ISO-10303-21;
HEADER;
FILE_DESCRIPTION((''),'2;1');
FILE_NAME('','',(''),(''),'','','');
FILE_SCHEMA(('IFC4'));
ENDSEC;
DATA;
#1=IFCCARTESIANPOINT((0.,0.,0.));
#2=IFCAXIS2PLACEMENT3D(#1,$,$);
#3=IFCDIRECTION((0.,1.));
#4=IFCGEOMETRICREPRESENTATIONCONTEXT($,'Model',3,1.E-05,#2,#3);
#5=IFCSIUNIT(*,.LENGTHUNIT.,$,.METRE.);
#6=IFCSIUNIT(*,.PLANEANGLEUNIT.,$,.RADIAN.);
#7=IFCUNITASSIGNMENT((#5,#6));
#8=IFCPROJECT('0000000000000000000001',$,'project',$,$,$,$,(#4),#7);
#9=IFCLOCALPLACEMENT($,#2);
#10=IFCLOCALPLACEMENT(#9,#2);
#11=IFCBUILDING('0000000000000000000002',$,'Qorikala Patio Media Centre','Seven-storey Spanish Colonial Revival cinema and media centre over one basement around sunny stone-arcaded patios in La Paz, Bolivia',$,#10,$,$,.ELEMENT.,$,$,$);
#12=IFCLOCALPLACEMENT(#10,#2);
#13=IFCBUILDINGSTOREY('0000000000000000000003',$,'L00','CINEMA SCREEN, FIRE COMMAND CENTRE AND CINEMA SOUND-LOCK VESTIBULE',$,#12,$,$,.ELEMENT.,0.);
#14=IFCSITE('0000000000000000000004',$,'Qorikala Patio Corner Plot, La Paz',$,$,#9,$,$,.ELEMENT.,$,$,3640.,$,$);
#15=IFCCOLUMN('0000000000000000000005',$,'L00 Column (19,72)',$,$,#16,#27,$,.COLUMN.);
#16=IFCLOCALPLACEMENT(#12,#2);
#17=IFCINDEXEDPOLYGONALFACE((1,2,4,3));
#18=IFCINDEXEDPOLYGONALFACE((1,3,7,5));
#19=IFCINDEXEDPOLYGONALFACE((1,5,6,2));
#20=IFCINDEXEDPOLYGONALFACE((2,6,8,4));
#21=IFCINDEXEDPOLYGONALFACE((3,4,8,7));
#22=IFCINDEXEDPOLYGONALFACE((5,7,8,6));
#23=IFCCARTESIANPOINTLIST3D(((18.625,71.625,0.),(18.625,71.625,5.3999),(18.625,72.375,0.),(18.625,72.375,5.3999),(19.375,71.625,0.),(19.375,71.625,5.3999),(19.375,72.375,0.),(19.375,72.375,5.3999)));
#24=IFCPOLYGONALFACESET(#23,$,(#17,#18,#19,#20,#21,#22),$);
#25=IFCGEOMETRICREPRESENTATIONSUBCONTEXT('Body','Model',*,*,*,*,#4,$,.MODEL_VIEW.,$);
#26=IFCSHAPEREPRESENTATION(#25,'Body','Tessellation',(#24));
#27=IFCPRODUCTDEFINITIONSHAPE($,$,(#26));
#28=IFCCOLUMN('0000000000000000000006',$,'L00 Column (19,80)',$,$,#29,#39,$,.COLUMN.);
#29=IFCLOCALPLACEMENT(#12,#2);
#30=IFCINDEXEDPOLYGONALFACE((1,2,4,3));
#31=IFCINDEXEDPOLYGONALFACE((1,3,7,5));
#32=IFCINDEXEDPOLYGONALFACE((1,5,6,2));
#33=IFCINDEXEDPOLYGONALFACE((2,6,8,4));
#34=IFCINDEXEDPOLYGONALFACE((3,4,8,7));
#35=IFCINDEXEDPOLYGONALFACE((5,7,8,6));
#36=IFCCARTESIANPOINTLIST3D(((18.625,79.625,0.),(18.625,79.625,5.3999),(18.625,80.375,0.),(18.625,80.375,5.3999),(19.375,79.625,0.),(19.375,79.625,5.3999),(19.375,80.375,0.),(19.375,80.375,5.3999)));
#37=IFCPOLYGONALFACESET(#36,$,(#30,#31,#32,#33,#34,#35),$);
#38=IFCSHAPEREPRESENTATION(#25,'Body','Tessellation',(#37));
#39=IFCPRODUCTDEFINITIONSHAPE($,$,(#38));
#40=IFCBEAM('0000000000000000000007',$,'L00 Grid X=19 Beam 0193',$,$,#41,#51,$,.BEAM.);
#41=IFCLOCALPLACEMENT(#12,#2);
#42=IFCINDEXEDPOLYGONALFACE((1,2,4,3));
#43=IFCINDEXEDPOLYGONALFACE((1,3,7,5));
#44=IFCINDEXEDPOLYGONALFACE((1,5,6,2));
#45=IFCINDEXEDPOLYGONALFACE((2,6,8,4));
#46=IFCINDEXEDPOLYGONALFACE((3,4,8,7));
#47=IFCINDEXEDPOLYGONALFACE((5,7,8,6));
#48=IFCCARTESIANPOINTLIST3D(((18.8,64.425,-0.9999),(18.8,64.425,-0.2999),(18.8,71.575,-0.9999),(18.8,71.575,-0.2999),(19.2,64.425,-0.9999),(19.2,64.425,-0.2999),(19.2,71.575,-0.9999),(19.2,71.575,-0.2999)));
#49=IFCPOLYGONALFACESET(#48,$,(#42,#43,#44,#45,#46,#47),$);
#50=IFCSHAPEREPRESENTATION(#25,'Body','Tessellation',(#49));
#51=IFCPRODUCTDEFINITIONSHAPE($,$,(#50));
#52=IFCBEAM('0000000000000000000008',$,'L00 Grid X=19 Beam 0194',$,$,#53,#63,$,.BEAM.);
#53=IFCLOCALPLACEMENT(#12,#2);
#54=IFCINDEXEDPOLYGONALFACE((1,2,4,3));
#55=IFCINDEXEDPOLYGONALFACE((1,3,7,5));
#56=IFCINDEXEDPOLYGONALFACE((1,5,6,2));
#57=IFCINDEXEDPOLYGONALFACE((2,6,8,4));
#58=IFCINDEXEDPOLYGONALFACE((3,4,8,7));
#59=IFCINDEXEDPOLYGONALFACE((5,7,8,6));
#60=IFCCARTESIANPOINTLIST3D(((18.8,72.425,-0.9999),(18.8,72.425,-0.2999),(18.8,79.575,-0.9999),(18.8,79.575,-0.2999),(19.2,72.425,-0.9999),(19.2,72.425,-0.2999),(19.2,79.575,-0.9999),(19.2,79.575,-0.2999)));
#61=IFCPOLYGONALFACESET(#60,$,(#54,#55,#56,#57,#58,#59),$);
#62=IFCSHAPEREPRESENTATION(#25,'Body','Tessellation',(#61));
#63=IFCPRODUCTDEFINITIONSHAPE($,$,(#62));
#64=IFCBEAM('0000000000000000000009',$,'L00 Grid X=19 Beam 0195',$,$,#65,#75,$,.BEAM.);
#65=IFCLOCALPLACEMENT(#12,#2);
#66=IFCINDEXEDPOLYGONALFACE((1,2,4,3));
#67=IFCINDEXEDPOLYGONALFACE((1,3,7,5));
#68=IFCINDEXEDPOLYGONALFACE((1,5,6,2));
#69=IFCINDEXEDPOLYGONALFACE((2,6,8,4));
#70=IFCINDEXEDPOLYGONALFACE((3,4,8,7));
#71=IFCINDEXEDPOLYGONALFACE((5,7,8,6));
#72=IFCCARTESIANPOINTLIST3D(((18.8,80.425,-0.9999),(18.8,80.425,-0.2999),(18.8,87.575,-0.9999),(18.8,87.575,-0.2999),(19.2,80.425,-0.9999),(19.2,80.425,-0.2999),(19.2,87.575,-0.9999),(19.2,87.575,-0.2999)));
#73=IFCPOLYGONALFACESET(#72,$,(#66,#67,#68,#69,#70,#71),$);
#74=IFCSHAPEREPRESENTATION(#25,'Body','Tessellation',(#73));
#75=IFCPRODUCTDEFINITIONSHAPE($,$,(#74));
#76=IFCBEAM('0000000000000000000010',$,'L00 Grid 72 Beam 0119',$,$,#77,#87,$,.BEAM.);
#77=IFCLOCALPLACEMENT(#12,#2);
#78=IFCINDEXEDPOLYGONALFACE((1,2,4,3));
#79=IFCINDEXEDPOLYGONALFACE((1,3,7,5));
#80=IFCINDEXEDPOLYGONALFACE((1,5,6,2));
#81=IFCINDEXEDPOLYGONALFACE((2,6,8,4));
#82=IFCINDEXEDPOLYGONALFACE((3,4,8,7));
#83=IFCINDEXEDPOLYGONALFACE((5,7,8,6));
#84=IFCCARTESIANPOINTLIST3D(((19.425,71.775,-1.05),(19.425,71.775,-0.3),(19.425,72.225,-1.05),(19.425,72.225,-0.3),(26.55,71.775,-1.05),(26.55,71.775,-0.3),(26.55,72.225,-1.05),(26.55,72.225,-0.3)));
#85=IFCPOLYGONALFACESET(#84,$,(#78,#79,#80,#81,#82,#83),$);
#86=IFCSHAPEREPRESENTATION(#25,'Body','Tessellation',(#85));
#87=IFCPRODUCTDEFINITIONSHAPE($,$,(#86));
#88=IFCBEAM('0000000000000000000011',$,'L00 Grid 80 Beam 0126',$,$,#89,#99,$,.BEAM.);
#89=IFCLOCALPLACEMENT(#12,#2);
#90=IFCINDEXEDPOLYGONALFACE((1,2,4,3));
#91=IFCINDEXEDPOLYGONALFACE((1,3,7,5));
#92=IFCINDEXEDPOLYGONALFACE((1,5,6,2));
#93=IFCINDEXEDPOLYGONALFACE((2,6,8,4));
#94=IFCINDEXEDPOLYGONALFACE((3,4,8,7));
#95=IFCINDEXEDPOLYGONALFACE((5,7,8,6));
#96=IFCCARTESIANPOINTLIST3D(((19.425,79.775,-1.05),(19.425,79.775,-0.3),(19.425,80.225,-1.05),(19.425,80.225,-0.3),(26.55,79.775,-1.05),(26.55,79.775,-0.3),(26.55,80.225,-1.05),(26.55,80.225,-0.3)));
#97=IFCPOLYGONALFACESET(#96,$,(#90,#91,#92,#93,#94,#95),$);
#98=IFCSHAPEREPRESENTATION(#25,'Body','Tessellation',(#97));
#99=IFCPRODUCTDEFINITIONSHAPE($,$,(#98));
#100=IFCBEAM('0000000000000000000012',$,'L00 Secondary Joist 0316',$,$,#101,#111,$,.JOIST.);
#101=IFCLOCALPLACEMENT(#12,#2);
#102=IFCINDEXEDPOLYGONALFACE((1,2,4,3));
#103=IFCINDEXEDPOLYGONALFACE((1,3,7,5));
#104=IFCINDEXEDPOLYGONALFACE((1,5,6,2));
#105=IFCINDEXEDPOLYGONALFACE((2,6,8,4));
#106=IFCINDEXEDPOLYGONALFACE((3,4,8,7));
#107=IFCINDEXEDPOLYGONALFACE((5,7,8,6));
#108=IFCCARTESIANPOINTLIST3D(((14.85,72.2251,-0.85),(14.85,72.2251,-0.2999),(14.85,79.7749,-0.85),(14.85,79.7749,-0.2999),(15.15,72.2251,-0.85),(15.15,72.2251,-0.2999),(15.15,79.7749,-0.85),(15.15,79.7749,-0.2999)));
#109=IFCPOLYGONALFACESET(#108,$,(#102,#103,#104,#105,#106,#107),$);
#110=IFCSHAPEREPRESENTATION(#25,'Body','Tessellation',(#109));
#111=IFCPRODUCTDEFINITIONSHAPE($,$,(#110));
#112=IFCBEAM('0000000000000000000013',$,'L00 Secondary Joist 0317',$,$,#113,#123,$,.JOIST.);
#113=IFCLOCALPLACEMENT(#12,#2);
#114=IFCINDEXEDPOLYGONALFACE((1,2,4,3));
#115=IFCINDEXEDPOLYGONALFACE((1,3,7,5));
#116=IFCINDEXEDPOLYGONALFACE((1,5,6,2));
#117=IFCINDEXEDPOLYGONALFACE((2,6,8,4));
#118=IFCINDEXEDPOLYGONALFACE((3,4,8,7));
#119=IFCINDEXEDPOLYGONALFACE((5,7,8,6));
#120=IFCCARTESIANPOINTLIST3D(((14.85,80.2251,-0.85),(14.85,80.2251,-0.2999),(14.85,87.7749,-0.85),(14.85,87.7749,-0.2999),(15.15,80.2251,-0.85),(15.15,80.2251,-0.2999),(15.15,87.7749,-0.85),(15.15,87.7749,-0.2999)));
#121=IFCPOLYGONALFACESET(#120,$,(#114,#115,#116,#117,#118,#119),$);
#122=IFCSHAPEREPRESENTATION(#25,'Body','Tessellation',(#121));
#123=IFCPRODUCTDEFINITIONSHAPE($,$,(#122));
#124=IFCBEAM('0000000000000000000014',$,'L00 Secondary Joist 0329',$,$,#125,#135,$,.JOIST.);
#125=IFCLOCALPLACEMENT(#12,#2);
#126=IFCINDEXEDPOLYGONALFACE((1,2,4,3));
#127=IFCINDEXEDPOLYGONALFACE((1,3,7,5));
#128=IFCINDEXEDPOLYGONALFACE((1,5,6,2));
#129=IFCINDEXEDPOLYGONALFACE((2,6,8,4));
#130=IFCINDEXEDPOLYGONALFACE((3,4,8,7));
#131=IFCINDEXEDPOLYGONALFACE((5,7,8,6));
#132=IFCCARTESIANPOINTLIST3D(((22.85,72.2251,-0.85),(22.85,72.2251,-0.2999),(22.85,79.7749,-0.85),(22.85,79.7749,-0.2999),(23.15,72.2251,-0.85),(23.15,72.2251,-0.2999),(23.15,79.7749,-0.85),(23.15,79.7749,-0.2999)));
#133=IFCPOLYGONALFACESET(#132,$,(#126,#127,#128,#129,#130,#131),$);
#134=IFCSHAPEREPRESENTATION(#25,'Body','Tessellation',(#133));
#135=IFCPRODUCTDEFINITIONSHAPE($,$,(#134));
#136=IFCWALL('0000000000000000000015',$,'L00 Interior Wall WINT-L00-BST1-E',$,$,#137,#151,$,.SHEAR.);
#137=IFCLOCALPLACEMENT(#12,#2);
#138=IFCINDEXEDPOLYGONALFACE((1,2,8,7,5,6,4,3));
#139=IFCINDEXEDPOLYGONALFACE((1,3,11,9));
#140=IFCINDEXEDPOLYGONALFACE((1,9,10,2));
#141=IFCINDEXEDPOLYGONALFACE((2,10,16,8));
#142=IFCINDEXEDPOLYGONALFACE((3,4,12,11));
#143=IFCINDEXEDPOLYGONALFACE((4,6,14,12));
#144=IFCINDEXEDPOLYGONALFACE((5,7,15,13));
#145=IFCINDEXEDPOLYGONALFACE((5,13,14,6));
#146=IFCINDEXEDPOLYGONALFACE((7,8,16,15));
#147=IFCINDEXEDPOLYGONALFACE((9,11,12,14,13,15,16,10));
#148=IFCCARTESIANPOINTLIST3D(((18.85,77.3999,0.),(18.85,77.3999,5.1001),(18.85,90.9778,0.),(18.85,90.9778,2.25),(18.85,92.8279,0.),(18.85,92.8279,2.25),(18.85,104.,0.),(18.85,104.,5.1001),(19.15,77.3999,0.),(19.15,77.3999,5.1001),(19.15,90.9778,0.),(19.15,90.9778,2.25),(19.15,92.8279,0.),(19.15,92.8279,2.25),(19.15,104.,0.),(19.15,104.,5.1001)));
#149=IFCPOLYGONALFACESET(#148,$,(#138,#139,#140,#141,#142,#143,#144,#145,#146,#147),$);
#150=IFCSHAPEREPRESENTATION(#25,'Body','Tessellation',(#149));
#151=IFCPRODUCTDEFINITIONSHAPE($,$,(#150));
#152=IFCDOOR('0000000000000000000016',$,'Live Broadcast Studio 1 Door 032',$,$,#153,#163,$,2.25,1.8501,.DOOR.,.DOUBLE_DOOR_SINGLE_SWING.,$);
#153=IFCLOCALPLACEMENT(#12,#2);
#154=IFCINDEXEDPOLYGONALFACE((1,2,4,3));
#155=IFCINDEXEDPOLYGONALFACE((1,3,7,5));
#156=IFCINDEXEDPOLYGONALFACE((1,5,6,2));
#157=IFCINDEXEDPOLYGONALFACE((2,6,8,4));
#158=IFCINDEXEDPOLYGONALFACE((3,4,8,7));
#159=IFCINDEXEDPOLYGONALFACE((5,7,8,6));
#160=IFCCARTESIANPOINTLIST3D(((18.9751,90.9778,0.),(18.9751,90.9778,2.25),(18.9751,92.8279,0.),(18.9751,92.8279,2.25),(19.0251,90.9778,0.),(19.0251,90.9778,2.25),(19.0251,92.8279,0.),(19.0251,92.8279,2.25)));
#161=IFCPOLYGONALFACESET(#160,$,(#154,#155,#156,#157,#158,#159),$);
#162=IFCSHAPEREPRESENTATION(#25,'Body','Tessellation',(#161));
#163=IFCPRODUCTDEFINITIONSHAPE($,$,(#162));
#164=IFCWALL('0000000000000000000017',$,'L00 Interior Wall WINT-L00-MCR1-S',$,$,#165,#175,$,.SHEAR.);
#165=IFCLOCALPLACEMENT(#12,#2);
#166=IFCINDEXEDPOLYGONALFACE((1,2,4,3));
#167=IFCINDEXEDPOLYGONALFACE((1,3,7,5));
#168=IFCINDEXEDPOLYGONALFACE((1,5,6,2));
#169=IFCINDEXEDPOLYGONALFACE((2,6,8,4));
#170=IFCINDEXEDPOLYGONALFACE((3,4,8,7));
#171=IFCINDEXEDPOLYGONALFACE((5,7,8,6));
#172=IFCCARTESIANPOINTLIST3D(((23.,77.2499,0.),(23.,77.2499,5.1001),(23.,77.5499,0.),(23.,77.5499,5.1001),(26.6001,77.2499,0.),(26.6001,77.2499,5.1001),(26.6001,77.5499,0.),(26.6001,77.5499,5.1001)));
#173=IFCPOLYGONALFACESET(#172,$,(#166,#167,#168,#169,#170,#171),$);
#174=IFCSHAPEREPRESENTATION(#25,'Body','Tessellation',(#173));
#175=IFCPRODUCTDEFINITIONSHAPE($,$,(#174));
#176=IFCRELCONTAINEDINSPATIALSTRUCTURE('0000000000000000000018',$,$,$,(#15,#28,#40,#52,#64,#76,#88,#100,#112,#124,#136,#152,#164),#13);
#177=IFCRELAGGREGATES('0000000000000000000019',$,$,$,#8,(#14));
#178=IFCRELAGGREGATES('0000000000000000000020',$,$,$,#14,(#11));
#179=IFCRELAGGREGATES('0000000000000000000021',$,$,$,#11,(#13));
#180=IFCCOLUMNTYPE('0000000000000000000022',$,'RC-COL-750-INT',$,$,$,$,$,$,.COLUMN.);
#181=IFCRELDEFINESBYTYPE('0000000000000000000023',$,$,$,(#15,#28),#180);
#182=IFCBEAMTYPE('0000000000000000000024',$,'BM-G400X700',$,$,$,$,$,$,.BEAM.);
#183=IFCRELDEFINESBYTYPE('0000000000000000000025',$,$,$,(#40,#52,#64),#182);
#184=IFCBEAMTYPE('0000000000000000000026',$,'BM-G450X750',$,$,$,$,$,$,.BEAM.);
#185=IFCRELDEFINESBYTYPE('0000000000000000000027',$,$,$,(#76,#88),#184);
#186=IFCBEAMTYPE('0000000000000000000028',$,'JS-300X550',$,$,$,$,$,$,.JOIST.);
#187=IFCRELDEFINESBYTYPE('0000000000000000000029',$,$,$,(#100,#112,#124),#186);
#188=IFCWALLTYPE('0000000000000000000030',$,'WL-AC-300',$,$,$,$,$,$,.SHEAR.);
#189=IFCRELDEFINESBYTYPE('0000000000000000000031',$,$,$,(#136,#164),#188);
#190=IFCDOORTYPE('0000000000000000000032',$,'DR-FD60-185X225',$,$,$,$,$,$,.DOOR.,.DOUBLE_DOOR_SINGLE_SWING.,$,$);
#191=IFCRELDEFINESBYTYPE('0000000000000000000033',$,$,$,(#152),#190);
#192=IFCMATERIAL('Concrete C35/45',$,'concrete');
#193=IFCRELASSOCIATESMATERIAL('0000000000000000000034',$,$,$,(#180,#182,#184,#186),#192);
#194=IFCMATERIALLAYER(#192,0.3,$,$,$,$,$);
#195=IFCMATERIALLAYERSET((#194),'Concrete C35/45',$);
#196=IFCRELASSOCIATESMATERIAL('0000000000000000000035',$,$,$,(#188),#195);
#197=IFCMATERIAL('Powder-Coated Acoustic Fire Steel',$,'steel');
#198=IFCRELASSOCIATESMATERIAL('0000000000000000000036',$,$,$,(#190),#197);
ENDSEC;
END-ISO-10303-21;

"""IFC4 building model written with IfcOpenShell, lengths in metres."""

from ifc_helpers import new_model, si_unit, direction, frame, frame_2d, origin, origin_2d, place, context, subcontext, project, spatial, rectangle, extrude, material, layer, layer_set, material_profile, profile_set, type_object, element, fill, save


model = new_model("IFC4")

# Units and contexts
model_context = context("Model", 3, precision=1e-05, world=origin(), true_north=direction((0.0, 1.0)))
body_context = subcontext(model_context, "Body", "Model", "MODEL_VIEW")
ifc_project = project(units=[si_unit("LENGTHUNIT", "METRE"), si_unit("PLANEANGLEUNIT", "RADIAN")], contexts=[model_context])

# Site, building, storey
site_placement = place(None, origin())
site = spatial("IfcSite", under=ifc_project, at=site_placement, Name="Qorikala Patio Corner Plot, La Paz", CompositionType="ELEMENT", RefElevation=3640.0)
building_placement = place(site_placement, origin())
building = spatial("IfcBuilding", under=site, at=building_placement, Name="Qorikala Patio Media Centre", Description="Seven-storey Spanish Colonial Revival cinema and media centre over one basement around sunny stone-arcaded patios in La Paz, Bolivia", CompositionType="ELEMENT")
storey_placement = place(building_placement, origin())
storey = spatial("IfcBuildingStorey", under=building, at=storey_placement, Name="L00", Description="CINEMA SCREEN, FIRE COMMAND CENTRE AND CINEMA SOUND-LOCK VESTIBULE", CompositionType="ELEMENT", Elevation=0.0)

# Columns
ifc_material_1 = material(Name="Concrete C35/45", Category="concrete")
ifc_material_profile_1 = material_profile(ifc_material_1, rectangle(XDim=0.75, YDim=0.75, at=origin_2d()), Name="RC 750x750")
ifc_profile_set_1 = profile_set([ifc_material_profile_1], Name="Concrete C35/45")
column_type = type_object("IfcColumnType", Name="RC-COL-750-INT", PredefinedType="COLUMN", material=ifc_profile_set_1)
for number, where, z_axis, x_axis, name in (
    (1, (19.0, 72.0, 0.0), (0.0, 0.0, 1.0), (1.0, 0.0, 0.0), "L00 Column (19,72)"),
    (2, (19.0, 80.0, 0.0), (0.0, 0.0, 1.0), (1.0, 0.0, 0.0), "L00 Column (19,80)"),
):
    element("IfcColumn", number, at=place(storey_placement, frame(where, z_axis=z_axis, x_axis=x_axis)), inside=storey, type_object=column_type, Name=name, PredefinedType="COLUMN", context=body_context, shape_type="SweptSolid", body=[
        extrude(rectangle(XDim=0.75, YDim=0.75, at=origin_2d()), origin(), (0.0, 0.0, 1.0), 5.3999),
    ])

# Beams
ifc_material_profile_2 = material_profile(ifc_material_1, rectangle(XDim=0.3999, YDim=0.7, at=origin_2d()), Name="RC 400x700")
ifc_profile_set_2 = profile_set([ifc_material_profile_2], Name="Concrete C35/45")
beam_type_1 = type_object("IfcBeamType", Name="BM-G400X700", PredefinedType="BEAM", material=ifc_profile_set_2)
for number, where, z_axis, x_axis, name in (
    (3, (19.0, 64.425, -0.6499), (0.0, 1.0, 0.0), (-1.0, 0.0, 0.0), "L00 Grid X=19 Beam 0193"),
    (4, (19.0, 72.425, -0.6499), (0.0, 1.0, 0.0), (-1.0, 0.0, 0.0), "L00 Grid X=19 Beam 0194"),
    (5, (19.0, 80.425, -0.6499), (0.0, 1.0, 0.0), (-1.0, 0.0, 0.0), "L00 Grid X=19 Beam 0195"),
):
    element("IfcBeam", number, at=place(storey_placement, frame(where, z_axis=z_axis, x_axis=x_axis)), inside=storey, type_object=beam_type_1, Name=name, PredefinedType="BEAM", context=body_context, shape_type="SweptSolid", body=[
        extrude(rectangle(XDim=0.3999, YDim=0.7, at=origin_2d()), origin(), (0.0, 0.0, 1.0), 7.1499),
    ])
ifc_material_profile_3 = material_profile(ifc_material_1, rectangle(XDim=0.45, YDim=0.75, at=origin_2d()), Name="RC 450x750")
ifc_profile_set_3 = profile_set([ifc_material_profile_3], Name="Concrete C35/45")
beam_type_2 = type_object("IfcBeamType", Name="BM-G450X750", PredefinedType="BEAM", material=ifc_profile_set_3)
for number, where, z_axis, x_axis, name in (
    (6, (19.425, 72.0, -0.675), (1.0, 0.0, 0.0), (0.0, 1.0, 0.0), "L00 Grid 72 Beam 0119"),
    (7, (19.425, 80.0, -0.675), (1.0, 0.0, 0.0), (0.0, 1.0, 0.0), "L00 Grid 80 Beam 0126"),
):
    element("IfcBeam", number, at=place(storey_placement, frame(where, z_axis=z_axis, x_axis=x_axis)), inside=storey, type_object=beam_type_2, Name=name, PredefinedType="BEAM", context=body_context, shape_type="SweptSolid", body=[
        extrude(rectangle(XDim=0.45, YDim=0.75, at=origin_2d()), origin(), (0.0, 0.0, 1.0), 7.125),
    ])
ifc_material_profile_4 = material_profile(ifc_material_1, rectangle(XDim=0.3, YDim=0.55, at=origin_2d()), Name="RC 300x550")
ifc_profile_set_4 = profile_set([ifc_material_profile_4], Name="Concrete C35/45")
beam_type_3 = type_object("IfcBeamType", Name="JS-300X550", PredefinedType="JOIST", material=ifc_profile_set_4)
for number, where, z_axis, x_axis, name in (
    (8, (15.0, 72.2251, -0.575), (0.0, 1.0, 0.0), (-1.0, 0.0, 0.0), "L00 Secondary Joist 0316"),
    (9, (15.0, 80.2251, -0.575), (0.0, 1.0, 0.0), (-1.0, 0.0, 0.0), "L00 Secondary Joist 0317"),
    (10, (23.0, 72.2251, -0.575), (0.0, 1.0, 0.0), (-1.0, 0.0, 0.0), "L00 Secondary Joist 0329"),
):
    element("IfcBeam", number, at=place(storey_placement, frame(where, z_axis=z_axis, x_axis=x_axis)), inside=storey, type_object=beam_type_3, Name=name, PredefinedType="JOIST", context=body_context, shape_type="SweptSolid", body=[
        extrude(rectangle(XDim=0.3, YDim=0.55, at=origin_2d()), origin(), (0.0, 0.0, 1.0), 7.5498),
    ])

# Wall, opening, door
ifc_layer_1 = layer(ifc_material_1, 0.3)
ifc_layer_set_1 = layer_set([ifc_layer_1], Name="Concrete C35/45")
wall_type_1 = type_object("IfcWallType", Name="WL-AC-300", PredefinedType="SHEAR", material=ifc_layer_set_1)
wall_1_placement = place(storey_placement, frame((19.0, 77.3999, 0.0), z_axis=(0.0, 0.0, 1.0), x_axis=(0.0, 1.0, 0.0)))
wall_1 = element("IfcWall", 11, at=wall_1_placement, inside=storey, type_object=wall_type_1, Name="L00 Interior Wall WINT-L00-BST1-E", PredefinedType="SHEAR", context=body_context, shape_type="SweptSolid", body=[
    extrude(rectangle(XDim=26.6001, YDim=0.3, at=frame_2d((13.3, 0.0))), origin(), (0.0, 0.0, 1.0), 5.1001),
])
opening_1_placement = place(wall_1_placement, frame((13.5779, 0.0, 0.0)))
opening_1 = element("IfcOpeningElement", 12, at=opening_1_placement, cuts=wall_1, PredefinedType="OPENING", context=body_context, shape_type="SweptSolid", body=[
    extrude(rectangle(XDim=1.8501, YDim=2.25, at=frame_2d((0.925, 1.125))), frame((0.0, 0.1599, 0.0), z_axis=(0.0, -1.0, 0.0), x_axis=(1.0, 0.0, 0.0)), (0.0, 0.0, 1.0), 0.3201),
])
ifc_material_2 = material(Name="Powder-Coated Acoustic Fire Steel", Category="steel")
door_type_1 = type_object("IfcDoorType", Name="DR-FD60-185X225", OperationType="DOUBLE_DOOR_SINGLE_SWING", PredefinedType="DOOR", material=ifc_material_2)
door_1_placement = place(opening_1_placement, origin())
door_1 = element("IfcDoor", 13, at=door_1_placement, inside=storey, type_object=door_type_1, Name="Live Broadcast Studio 1 Door 032", OperationType="DOUBLE_DOOR_SINGLE_SWING", OverallHeight=2.25, OverallWidth=1.8501, PredefinedType="DOOR", context=body_context, shape_type="SweptSolid", body=[
    extrude(rectangle(XDim=1.8501, YDim=2.25, at=frame_2d((0.925, 1.125))), frame((0.0, 0.0249, 0.0), z_axis=(0.0, -1.0, 0.0), x_axis=(1.0, 0.0, 0.0)), (0.0, 0.0, 1.0), 0.05),
])
fill(opening_1, door_1)

# Wall
wall_2_placement = place(storey_placement, frame((23.0, 77.3999, 0.0), z_axis=(0.0, 0.0, 1.0), x_axis=(1.0, 0.0, 0.0)))
element("IfcWall", 14, at=wall_2_placement, inside=storey, type_object=wall_type_1, Name="L00 Interior Wall WINT-L00-MCR1-S", PredefinedType="SHEAR", context=body_context, shape_type="SweptSolid", body=[
    extrude(rectangle(XDim=3.6001, YDim=0.3, at=frame_2d((1.8, 0.0))), origin(), (0.0, 0.0, 1.0), 5.1001),
])

save(model, "model.ifc")
